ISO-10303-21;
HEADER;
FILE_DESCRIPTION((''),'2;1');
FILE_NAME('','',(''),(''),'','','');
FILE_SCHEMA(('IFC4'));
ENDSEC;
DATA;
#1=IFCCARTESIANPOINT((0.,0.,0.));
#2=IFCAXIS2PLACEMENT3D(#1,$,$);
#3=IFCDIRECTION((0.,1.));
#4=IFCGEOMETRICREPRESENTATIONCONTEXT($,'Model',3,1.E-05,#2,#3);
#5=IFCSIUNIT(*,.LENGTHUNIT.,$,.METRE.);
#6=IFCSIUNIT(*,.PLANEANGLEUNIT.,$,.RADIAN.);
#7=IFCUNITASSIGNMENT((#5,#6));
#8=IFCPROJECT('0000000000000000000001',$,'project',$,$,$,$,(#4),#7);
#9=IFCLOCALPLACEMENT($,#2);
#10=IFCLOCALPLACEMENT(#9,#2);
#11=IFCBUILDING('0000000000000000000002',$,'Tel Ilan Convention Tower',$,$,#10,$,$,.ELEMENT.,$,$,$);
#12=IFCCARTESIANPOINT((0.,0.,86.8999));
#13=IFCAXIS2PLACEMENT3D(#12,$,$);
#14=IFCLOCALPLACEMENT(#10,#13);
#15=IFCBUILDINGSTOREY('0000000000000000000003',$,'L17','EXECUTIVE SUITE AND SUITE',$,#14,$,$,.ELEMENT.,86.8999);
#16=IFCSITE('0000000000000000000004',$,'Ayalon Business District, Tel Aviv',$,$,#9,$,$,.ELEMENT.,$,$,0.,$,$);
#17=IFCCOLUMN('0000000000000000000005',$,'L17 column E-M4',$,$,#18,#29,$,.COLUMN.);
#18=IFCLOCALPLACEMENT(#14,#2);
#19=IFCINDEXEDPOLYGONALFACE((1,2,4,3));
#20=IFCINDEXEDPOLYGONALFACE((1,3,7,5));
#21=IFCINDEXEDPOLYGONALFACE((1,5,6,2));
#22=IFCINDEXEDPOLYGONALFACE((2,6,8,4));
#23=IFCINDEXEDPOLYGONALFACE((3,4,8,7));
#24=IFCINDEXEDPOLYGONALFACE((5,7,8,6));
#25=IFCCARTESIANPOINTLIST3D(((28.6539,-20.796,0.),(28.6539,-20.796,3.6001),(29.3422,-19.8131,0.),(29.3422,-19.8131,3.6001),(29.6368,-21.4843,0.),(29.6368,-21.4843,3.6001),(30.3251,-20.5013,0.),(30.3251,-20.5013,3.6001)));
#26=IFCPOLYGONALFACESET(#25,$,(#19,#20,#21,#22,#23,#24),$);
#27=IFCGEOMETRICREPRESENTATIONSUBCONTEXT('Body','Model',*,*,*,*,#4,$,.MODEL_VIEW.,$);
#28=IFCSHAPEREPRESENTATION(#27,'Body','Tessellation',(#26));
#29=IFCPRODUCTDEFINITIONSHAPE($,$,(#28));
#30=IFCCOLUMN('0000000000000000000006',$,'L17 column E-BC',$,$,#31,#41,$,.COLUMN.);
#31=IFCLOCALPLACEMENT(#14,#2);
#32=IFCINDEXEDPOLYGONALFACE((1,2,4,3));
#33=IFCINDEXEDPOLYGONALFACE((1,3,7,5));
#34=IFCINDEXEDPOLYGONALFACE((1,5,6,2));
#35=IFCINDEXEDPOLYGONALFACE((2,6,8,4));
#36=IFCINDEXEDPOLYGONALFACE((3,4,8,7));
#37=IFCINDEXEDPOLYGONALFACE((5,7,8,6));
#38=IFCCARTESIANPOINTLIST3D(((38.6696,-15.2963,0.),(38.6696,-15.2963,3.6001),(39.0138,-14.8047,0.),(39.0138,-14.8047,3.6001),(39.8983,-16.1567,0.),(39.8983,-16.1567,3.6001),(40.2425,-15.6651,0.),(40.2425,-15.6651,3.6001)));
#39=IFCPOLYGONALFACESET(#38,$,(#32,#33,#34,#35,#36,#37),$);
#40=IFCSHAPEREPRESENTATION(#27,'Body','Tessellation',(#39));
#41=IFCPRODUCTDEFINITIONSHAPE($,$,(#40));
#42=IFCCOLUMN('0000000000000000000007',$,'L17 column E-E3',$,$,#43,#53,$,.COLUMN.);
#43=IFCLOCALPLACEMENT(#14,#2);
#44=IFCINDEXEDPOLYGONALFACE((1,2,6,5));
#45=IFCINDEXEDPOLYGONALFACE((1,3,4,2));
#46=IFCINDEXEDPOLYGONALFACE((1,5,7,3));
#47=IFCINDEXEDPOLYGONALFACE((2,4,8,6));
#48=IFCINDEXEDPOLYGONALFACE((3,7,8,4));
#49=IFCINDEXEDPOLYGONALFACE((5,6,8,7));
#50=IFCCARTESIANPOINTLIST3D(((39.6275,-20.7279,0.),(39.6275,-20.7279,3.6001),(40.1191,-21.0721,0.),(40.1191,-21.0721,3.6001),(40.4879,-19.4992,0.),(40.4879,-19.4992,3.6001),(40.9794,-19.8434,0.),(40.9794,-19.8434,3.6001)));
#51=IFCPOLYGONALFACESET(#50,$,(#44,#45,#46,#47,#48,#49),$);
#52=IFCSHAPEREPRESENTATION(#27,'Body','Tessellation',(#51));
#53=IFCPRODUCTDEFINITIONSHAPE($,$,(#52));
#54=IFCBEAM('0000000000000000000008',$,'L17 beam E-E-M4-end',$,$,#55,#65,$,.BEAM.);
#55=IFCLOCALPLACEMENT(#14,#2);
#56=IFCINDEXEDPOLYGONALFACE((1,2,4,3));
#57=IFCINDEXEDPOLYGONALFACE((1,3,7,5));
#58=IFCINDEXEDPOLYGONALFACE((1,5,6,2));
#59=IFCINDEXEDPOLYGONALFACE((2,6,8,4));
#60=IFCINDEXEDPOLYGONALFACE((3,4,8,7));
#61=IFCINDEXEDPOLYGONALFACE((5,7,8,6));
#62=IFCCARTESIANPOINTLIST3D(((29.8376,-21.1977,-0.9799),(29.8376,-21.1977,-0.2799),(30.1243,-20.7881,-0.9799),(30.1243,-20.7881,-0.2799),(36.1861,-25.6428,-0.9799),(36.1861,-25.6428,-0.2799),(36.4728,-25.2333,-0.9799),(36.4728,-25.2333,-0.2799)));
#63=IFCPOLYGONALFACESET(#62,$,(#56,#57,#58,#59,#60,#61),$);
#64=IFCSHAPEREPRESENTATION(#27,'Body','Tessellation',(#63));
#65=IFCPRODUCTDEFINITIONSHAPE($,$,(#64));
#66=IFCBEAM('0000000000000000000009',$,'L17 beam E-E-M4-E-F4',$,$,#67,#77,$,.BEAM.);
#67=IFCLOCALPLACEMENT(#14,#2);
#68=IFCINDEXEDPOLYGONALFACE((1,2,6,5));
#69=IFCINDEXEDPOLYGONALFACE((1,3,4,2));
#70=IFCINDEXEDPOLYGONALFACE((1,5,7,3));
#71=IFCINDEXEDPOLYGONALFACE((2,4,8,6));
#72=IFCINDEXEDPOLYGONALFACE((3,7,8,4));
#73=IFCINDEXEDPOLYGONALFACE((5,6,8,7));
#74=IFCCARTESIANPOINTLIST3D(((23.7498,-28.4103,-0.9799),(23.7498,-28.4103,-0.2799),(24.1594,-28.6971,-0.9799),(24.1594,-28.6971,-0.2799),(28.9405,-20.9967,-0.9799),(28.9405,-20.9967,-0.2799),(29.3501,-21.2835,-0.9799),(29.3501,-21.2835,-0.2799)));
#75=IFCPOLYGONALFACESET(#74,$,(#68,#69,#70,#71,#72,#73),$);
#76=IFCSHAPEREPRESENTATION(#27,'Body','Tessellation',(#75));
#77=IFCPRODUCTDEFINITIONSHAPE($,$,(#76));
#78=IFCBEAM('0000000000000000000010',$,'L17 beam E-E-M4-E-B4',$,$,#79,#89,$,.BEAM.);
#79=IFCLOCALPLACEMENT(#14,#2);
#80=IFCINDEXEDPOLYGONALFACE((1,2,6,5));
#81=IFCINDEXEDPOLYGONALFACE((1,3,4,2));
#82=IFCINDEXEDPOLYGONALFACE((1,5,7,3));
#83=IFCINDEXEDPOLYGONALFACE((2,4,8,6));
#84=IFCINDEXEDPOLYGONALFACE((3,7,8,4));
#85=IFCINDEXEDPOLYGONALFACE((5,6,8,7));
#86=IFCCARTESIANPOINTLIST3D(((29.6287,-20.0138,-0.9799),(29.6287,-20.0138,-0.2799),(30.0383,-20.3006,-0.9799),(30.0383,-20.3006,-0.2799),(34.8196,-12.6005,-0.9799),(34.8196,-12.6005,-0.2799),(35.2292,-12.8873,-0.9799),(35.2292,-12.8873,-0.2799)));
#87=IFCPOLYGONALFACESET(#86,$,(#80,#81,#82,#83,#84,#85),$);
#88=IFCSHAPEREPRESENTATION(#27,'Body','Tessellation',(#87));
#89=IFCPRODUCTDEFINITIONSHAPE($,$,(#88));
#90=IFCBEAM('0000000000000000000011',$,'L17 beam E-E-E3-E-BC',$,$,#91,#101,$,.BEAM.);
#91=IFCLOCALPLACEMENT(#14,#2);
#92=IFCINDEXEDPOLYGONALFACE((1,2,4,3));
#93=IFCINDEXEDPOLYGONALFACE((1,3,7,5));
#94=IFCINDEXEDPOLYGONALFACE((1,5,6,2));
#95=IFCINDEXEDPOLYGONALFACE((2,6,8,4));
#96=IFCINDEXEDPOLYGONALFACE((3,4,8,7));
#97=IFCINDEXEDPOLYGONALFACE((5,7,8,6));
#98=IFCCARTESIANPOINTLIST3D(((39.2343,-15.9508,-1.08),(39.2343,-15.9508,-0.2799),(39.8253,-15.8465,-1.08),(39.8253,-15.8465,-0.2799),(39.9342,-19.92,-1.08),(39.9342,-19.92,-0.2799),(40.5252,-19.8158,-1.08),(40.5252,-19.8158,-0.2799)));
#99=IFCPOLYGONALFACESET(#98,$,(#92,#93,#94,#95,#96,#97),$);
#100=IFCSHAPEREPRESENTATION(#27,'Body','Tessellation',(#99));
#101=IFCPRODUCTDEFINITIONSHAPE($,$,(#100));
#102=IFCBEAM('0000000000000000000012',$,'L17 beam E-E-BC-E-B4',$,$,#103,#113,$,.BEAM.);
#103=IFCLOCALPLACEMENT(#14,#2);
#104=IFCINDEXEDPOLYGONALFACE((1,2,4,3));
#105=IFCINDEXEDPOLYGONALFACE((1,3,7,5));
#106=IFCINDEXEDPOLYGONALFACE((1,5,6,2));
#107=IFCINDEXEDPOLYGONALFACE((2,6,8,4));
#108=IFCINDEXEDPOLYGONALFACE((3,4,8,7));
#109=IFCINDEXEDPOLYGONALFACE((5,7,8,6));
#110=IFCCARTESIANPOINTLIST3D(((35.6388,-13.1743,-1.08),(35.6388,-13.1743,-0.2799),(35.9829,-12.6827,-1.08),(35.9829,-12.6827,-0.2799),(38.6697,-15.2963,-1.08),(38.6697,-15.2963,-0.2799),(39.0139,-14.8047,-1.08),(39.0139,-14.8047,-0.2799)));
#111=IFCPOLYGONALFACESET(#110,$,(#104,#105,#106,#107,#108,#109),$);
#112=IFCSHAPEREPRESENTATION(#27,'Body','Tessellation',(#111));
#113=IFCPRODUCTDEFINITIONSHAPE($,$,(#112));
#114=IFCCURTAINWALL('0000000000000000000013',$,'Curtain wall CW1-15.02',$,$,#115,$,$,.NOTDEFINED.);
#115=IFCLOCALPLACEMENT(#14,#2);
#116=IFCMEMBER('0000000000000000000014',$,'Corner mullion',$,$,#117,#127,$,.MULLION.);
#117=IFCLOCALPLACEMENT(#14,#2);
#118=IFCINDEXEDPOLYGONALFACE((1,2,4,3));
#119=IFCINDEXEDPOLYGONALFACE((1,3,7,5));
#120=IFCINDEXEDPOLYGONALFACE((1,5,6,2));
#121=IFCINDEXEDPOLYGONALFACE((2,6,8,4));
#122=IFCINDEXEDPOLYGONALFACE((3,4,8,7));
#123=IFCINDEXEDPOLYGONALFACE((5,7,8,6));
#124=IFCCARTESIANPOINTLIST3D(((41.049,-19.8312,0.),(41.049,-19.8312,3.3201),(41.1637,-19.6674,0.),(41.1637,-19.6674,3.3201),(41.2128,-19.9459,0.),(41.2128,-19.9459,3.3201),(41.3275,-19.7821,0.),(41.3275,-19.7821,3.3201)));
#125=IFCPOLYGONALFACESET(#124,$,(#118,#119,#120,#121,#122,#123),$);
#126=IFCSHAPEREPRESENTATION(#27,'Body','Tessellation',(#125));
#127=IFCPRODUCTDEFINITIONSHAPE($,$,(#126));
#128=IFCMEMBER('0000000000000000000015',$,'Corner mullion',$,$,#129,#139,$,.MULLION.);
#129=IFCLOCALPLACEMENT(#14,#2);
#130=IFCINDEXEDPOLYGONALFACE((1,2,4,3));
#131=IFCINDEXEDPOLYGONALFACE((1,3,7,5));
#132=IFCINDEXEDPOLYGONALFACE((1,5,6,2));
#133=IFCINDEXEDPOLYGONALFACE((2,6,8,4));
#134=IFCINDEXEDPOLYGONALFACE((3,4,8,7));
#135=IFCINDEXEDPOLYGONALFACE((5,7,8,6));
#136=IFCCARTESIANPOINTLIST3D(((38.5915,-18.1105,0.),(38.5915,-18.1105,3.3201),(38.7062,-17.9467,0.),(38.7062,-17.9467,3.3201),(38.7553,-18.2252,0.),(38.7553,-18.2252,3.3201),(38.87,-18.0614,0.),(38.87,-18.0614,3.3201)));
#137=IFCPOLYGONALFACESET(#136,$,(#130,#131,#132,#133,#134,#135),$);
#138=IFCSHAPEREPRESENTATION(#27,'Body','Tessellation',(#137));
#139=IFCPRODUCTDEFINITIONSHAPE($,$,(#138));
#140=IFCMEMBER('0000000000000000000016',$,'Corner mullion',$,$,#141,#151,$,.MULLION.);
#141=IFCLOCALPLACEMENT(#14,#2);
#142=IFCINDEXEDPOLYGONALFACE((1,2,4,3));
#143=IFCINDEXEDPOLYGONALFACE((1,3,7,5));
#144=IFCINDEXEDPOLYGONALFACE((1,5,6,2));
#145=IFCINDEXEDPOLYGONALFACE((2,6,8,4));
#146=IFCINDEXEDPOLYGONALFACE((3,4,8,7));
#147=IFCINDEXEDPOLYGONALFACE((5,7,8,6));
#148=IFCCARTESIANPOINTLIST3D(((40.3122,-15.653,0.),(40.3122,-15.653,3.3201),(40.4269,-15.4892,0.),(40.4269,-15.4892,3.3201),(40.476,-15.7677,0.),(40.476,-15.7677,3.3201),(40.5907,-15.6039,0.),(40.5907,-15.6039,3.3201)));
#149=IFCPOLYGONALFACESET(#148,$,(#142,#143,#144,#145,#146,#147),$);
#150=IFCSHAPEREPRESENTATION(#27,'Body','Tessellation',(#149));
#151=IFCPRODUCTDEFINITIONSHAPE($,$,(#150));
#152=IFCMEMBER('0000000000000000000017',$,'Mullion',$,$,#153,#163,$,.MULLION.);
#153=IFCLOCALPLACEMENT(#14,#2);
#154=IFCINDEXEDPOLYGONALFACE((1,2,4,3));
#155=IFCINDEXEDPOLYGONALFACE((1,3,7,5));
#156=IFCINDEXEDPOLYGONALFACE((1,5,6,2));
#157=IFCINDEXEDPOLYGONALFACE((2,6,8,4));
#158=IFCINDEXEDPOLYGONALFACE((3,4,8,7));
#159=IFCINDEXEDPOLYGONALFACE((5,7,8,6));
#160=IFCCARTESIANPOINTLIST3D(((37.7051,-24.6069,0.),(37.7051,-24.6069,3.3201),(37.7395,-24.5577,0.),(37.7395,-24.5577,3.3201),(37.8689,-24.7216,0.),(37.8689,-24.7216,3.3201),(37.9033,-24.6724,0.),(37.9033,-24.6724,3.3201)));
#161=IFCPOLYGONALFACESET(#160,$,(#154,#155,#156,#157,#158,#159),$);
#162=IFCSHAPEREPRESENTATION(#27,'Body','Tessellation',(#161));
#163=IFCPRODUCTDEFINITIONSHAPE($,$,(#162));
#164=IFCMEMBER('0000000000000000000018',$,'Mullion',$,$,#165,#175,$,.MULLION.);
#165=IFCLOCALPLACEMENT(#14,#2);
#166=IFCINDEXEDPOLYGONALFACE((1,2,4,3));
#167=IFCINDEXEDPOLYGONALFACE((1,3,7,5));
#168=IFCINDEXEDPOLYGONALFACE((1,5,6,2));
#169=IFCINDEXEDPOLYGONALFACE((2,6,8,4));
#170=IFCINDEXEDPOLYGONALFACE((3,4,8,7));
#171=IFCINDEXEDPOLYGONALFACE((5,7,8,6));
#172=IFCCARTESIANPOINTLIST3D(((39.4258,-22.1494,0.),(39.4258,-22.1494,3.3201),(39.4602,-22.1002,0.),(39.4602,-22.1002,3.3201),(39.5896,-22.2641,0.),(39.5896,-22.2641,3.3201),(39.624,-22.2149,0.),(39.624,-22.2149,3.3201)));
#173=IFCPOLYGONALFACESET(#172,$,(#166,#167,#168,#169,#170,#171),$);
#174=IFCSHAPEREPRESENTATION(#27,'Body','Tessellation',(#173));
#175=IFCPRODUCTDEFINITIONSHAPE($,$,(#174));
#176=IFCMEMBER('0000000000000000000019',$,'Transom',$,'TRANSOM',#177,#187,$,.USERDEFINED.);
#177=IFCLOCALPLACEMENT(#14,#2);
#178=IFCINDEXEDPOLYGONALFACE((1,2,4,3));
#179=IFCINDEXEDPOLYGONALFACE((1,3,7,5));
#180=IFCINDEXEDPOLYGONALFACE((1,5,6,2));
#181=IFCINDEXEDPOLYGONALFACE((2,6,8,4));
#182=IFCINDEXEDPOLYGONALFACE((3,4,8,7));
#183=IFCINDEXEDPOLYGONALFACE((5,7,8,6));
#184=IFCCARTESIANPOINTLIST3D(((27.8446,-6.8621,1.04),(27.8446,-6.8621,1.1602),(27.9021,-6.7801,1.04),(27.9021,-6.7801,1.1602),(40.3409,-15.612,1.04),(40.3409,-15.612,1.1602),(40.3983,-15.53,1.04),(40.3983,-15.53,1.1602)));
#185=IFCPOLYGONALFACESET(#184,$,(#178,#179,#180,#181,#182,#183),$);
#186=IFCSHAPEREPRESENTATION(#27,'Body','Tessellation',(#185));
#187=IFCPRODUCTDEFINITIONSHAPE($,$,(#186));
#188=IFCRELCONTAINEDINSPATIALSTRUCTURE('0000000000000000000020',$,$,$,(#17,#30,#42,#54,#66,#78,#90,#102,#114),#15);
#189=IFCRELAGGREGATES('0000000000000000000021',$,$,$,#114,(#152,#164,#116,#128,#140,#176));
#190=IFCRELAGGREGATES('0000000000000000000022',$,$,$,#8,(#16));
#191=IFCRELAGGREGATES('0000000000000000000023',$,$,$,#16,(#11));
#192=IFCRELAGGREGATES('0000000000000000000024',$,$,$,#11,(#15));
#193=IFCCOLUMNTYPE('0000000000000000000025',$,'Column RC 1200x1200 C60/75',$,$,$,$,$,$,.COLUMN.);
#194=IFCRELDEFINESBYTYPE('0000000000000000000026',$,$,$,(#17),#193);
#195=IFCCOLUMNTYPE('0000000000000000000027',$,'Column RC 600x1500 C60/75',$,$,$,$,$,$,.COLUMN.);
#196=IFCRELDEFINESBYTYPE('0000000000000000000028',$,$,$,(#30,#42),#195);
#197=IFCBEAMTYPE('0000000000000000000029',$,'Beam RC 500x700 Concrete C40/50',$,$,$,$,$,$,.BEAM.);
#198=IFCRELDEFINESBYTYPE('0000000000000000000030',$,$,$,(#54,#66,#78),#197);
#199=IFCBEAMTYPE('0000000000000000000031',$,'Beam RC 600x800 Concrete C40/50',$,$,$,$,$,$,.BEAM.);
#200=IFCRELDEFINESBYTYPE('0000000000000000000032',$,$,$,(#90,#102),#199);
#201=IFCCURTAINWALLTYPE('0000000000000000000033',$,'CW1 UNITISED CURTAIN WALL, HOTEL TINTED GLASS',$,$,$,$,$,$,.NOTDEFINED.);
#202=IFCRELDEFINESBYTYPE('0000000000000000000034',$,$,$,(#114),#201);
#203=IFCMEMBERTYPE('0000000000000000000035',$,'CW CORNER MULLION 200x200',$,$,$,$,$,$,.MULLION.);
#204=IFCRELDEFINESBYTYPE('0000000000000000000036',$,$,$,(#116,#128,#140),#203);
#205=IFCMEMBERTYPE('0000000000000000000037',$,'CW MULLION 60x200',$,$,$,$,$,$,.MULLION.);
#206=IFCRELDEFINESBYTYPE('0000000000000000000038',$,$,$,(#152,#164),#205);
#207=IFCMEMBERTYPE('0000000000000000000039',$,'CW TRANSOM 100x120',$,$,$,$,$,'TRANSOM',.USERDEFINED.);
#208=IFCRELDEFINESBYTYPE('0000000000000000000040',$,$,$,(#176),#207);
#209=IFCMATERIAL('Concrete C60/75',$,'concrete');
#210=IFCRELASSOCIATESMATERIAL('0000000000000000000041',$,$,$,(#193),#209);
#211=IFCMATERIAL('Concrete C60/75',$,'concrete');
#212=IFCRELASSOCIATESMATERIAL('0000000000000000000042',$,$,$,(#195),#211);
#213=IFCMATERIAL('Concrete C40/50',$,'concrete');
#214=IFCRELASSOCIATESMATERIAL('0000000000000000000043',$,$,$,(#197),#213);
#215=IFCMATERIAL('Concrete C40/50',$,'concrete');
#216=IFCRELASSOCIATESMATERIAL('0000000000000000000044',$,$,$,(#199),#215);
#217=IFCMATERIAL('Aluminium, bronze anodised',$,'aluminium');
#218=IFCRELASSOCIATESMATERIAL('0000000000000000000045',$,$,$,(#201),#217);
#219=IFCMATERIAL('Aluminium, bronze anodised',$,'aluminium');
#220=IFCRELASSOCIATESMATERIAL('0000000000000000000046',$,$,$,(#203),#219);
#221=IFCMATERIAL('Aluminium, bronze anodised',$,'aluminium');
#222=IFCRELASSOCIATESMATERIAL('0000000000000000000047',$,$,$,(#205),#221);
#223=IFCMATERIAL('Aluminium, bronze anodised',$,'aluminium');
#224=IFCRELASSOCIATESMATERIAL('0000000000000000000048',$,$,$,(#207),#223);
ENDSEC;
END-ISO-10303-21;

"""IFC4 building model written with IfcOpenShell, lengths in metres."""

from ifc_helpers import new_model, si_unit, direction, frame, origin, origin_2d, place, context, subcontext, project, spatial, rectangle, extrude, material, material_profile, profile_set, type_object, element, aggregate, save


model = new_model("IFC4")

# Units and contexts
model_context = context("Model", 3, precision=1e-05, world=origin(), true_north=direction((0.0, 1.0)))
body_context = subcontext(model_context, "Body", "Model", "MODEL_VIEW")
ifc_project = project(units=[si_unit("LENGTHUNIT", "METRE"), si_unit("PLANEANGLEUNIT", "RADIAN")], contexts=[model_context])

# Site, building, storey
site_placement = place(None, origin())
site = spatial("IfcSite", under=ifc_project, at=site_placement, Name="Ayalon Business District, Tel Aviv", CompositionType="ELEMENT", RefElevation=0.0)
building_placement = place(site_placement, origin())
building = spatial("IfcBuilding", under=site, at=building_placement, Name="Tel Ilan Convention Tower", CompositionType="ELEMENT")
storey_placement = place(building_placement, frame((0.0, 0.0, 86.8999)))
storey = spatial("IfcBuildingStorey", under=building, at=storey_placement, Name="L17", Description="EXECUTIVE SUITE AND SUITE", CompositionType="ELEMENT", Elevation=86.8999)

# Columns
ifc_material_1 = material(Name="Concrete C60/75", Category="concrete")
ifc_material_profile_1 = material_profile(ifc_material_1, rectangle(XDim=1.2, YDim=1.2, at=origin_2d()), Name="RC 1200x1200")
ifc_profile_set_1 = profile_set([ifc_material_profile_1], Name="Concrete C60/75")
column_type_1 = type_object("IfcColumnType", Name="Column RC 1200x1200 C60/75", PredefinedType="COLUMN", material=ifc_profile_set_1)
column_placement = place(storey_placement, frame((29.4895, -20.6487, 0.0), z_axis=(0.0, 0.0, 1.0), x_axis=(0.819152, -0.573576, 0.0)))
element("IfcColumn", 1, at=column_placement, inside=storey, type_object=column_type_1, Name="L17 column E-M4", PredefinedType="COLUMN", context=body_context, shape_type="SweptSolid", body=[
    extrude(rectangle(XDim=1.2, YDim=1.2, at=origin_2d()), origin(), (0.0, 0.0, 1.0), 3.6001),
])
ifc_material_2 = material(Name="Concrete C60/75", Category="concrete")
ifc_material_profile_2 = material_profile(ifc_material_2, rectangle(XDim=1.5, YDim=0.6001, at=origin_2d()), Name="RC 600x1500")
ifc_profile_set_2 = profile_set([ifc_material_profile_2], Name="Concrete C60/75")
column_type_2 = type_object("IfcColumnType", Name="Column RC 600x1500 C60/75", PredefinedType="COLUMN", material=ifc_profile_set_2)
for number, where, z_axis, x_axis, name in (
    (2, (39.4561, -15.4807, 0.0), (0.0, 0.0, 1.0), (0.819152, -0.573576, 0.0), "L17 column E-BC"),
    (3, (40.3035, -20.2856, 0.0), (0.0, 0.0, 1.0), (0.573576, 0.819152, 0.0), "L17 column E-E3"),
):
    element("IfcColumn", number, at=place(storey_placement, frame(where, z_axis=z_axis, x_axis=x_axis)), inside=storey, type_object=column_type_2, Name=name, PredefinedType="COLUMN", context=body_context, shape_type="SweptSolid", body=[
        extrude(rectangle(XDim=1.5, YDim=0.6001, at=origin_2d()), origin(), (0.0, 0.0, 1.0), 3.6001),
    ])

# Beams
ifc_material_3 = material(Name="Concrete C40/50", Category="concrete")
ifc_material_profile_3 = material_profile(ifc_material_3, rectangle(XDim=0.5, YDim=0.7, at=origin_2d()), Name="RC 500x700")
ifc_profile_set_3 = profile_set([ifc_material_profile_3], Name="Concrete C40/50")
beam_type_1 = type_object("IfcBeamType", Name="Beam RC 500x700 Concrete C40/50", PredefinedType="BEAM", material=ifc_profile_set_3)
beam_1_placement = place(storey_placement, frame((29.981, -20.9929, -0.6299), z_axis=(0.819159, -0.573566, 0.0), x_axis=(0.573566, 0.819159, 0.0)))
element("IfcBeam", 4, at=beam_1_placement, inside=storey, type_object=beam_type_1, Name="L17 beam E-E-M4-end", PredefinedType="BEAM", context=body_context, shape_type="SweptSolid", body=[
    extrude(rectangle(XDim=0.5, YDim=0.7, at=origin_2d()), origin(), (0.0, 0.0, 1.0), 7.75),
])
for number, where, z_axis, x_axis, name in (
    (5, (29.1453, -21.1401, -0.6299), (-0.573549, -0.819171, 0.0), (0.819171, -0.573549, 0.0), "L17 beam E-E-M4-E-F4"),
    (6, (29.8335, -20.1572, -0.6299), (0.57358, 0.81915, 0.0), (-0.81915, 0.57358, 0.0), "L17 beam E-E-M4-E-B4"),
):
    element("IfcBeam", number, at=place(storey_placement, frame(where, z_axis=z_axis, x_axis=x_axis)), inside=storey, type_object=beam_type_1, Name=name, PredefinedType="BEAM", context=body_context, shape_type="SweptSolid", body=[
        extrude(rectangle(XDim=0.5, YDim=0.7, at=origin_2d()), origin(), (0.0, 0.0, 1.0), 9.05),
    ])
ifc_material_4 = material(Name="Concrete C40/50", Category="concrete")
ifc_material_profile_4 = material_profile(ifc_material_4, rectangle(XDim=0.6001, YDim=0.8, at=origin_2d()), Name="RC 600x800")
ifc_profile_set_4 = profile_set([ifc_material_profile_4], Name="Concrete C40/50")
beam_type_2 = type_object("IfcBeamType", Name="Beam RC 600x800 Concrete C40/50", PredefinedType="BEAM", material=ifc_profile_set_4)
beam_2_placement = place(storey_placement, frame((40.2297, -19.8679, -0.6799), z_axis=(-0.173664, 0.984805, 0.0), x_axis=(-0.984805, -0.173664, 0.0)))
element("IfcBeam", 7, at=beam_2_placement, inside=storey, type_object=beam_type_2, Name="L17 beam E-E-E3-E-BC", PredefinedType="BEAM", context=body_context, shape_type="SweptSolid", body=[
    extrude(rectangle(XDim=0.6001, YDim=0.8, at=origin_2d()), origin(), (0.0, 0.0, 1.0), 4.0305),
])
beam_3_placement = place(storey_placement, frame((38.8418, -15.0505, -0.6799), z_axis=(-0.819185, 0.573529, 0.0), x_axis=(-0.573529, -0.819185, 0.0)))
element("IfcBeam", 8, at=beam_3_placement, inside=storey, type_object=beam_type_2, Name="L17 beam E-E-BC-E-B4", PredefinedType="BEAM", context=body_context, shape_type="SweptSolid", body=[
    extrude(rectangle(XDim=0.6001, YDim=0.8, at=origin_2d()), origin(), (0.0, 0.0, 1.0), 3.7),
])

# Curtain wall, members
ifc_material_5 = material(Name="Aluminium, bronze anodised", Category="aluminium")
curtain_wall_type = type_object("IfcCurtainWallType", Name="CW1 UNITISED CURTAIN WALL, HOTEL TINTED GLASS", PredefinedType="NOTDEFINED", material=ifc_material_5)
curtain_wall_placement = place(storey_placement, origin())
curtain_wall = element("IfcCurtainWall", 9, at=curtain_wall_placement, inside=storey, type_object=curtain_wall_type, Name="Curtain wall CW1-15.02", PredefinedType="NOTDEFINED")
ifc_material_6 = material(Name="Aluminium, bronze anodised", Category="aluminium")
ifc_material_profile_5 = material_profile(ifc_material_6, rectangle(XDim=0.2, YDim=0.2, at=origin_2d()), Name="CW CORNER MULLION 200x200")
ifc_profile_set_5 = profile_set([ifc_material_profile_5], Name="Aluminium, bronze anodised")
member_type_1 = type_object("IfcMemberType", Name="CW CORNER MULLION 200x200", PredefinedType="MULLION", material=ifc_profile_set_5)
member_1_placement = place(storey_placement, frame((41.1882, -19.8066, 0.0), z_axis=(0.0, 0.0, 1.0), x_axis=(0.573576, 0.819152, 0.0)))
member_1 = element("IfcMember", 10, at=member_1_placement, type_object=member_type_1, Name="Corner mullion", PredefinedType="MULLION", context=body_context, shape_type="SweptSolid", body=[
    extrude(rectangle(XDim=0.2, YDim=0.2, at=origin_2d()), origin(), (0.0, 0.0, 1.0), 3.3201),
])
member_2_placement = place(storey_placement, frame((38.7307, -18.0859, 0.0), z_axis=(0.0, 0.0, 1.0), x_axis=(-0.819152, 0.573576, 0.0)))
member_2 = element("IfcMember", 11, at=member_2_placement, type_object=member_type_1, Name="Corner mullion", PredefinedType="MULLION", context=body_context, shape_type="SweptSolid", body=[
    extrude(rectangle(XDim=0.2, YDim=0.2, at=origin_2d()), origin(), (0.0, 0.0, 1.0), 3.3201),
])
member_3_placement = place(storey_placement, frame((40.4514, -15.6284, 0.0), z_axis=(0.0, 0.0, 1.0), x_axis=(0.573576, 0.819152, 0.0)))
member_3 = element("IfcMember", 12, at=member_3_placement, type_object=member_type_1, Name="Corner mullion", PredefinedType="MULLION", context=body_context, shape_type="SweptSolid", body=[
    extrude(rectangle(XDim=0.2, YDim=0.2, at=origin_2d()), origin(), (0.0, 0.0, 1.0), 3.3201),
])
ifc_material_7 = material(Name="Aluminium, bronze anodised", Category="aluminium")
ifc_material_profile_6 = material_profile(ifc_material_7, rectangle(XDim=0.0601, YDim=0.2, at=origin_2d()), Name="CW MULLION 60x200")
ifc_profile_set_6 = profile_set([ifc_material_profile_6], Name="Aluminium, bronze anodised")
member_type_2 = type_object("IfcMemberType", Name="CW MULLION 60x200", PredefinedType="MULLION", material=ifc_profile_set_6)
member_4_placement = place(storey_placement, frame((37.8042, -24.6396, 0.0), z_axis=(0.0, 0.0, 1.0), x_axis=(0.573576, 0.819152, 0.0)))
member_4 = element("IfcMember", 13, at=member_4_placement, type_object=member_type_2, Name="Mullion", PredefinedType="MULLION", context=body_context, shape_type="SweptSolid", body=[
    extrude(rectangle(XDim=0.0601, YDim=0.2, at=origin_2d()), origin(), (0.0, 0.0, 1.0), 3.3201),
])
member_5_placement = place(storey_placement, frame((39.5249, -22.1821, 0.0), z_axis=(0.0, 0.0, 1.0), x_axis=(0.573576, 0.819152, 0.0)))
member_5 = element("IfcMember", 14, at=member_5_placement, type_object=member_type_2, Name="Mullion", PredefinedType="MULLION", context=body_context, shape_type="SweptSolid", body=[
    extrude(rectangle(XDim=0.0601, YDim=0.2, at=origin_2d()), origin(), (0.0, 0.0, 1.0), 3.3201),
])
ifc_material_8 = material(Name="Aluminium, bronze anodised", Category="aluminium")
ifc_material_profile_7 = material_profile(ifc_material_8, rectangle(XDim=0.1001, YDim=0.1201, at=origin_2d()), Name="CW TRANSOM 100x120")
ifc_profile_set_7 = profile_set([ifc_material_profile_7], Name="Aluminium, bronze anodised")
member_type_3 = type_object("IfcMemberType", Name="CW TRANSOM 100x120", ElementType="TRANSOM", PredefinedType="USERDEFINED", material=ifc_profile_set_7)
member_6_placement = place(storey_placement, frame((40.3696, -15.571, 1.1001), z_axis=(-0.819153, 0.573575, 0.0), x_axis=(-0.573575, -0.819153, 0.0)))
member_6 = element("IfcMember", 15, at=member_6_placement, type_object=member_type_3, Name="Transom", ObjectType="TRANSOM", PredefinedType="USERDEFINED", context=body_context, shape_type="SweptSolid", body=[
    extrude(rectangle(XDim=0.1001, YDim=0.1201, at=origin_2d()), origin(), (0.0, 0.0, 1.0), 15.2551),
])
aggregate(curtain_wall, [member_4, member_5, member_1, member_2, member_3, member_6])

save(model, "model.ifc")
